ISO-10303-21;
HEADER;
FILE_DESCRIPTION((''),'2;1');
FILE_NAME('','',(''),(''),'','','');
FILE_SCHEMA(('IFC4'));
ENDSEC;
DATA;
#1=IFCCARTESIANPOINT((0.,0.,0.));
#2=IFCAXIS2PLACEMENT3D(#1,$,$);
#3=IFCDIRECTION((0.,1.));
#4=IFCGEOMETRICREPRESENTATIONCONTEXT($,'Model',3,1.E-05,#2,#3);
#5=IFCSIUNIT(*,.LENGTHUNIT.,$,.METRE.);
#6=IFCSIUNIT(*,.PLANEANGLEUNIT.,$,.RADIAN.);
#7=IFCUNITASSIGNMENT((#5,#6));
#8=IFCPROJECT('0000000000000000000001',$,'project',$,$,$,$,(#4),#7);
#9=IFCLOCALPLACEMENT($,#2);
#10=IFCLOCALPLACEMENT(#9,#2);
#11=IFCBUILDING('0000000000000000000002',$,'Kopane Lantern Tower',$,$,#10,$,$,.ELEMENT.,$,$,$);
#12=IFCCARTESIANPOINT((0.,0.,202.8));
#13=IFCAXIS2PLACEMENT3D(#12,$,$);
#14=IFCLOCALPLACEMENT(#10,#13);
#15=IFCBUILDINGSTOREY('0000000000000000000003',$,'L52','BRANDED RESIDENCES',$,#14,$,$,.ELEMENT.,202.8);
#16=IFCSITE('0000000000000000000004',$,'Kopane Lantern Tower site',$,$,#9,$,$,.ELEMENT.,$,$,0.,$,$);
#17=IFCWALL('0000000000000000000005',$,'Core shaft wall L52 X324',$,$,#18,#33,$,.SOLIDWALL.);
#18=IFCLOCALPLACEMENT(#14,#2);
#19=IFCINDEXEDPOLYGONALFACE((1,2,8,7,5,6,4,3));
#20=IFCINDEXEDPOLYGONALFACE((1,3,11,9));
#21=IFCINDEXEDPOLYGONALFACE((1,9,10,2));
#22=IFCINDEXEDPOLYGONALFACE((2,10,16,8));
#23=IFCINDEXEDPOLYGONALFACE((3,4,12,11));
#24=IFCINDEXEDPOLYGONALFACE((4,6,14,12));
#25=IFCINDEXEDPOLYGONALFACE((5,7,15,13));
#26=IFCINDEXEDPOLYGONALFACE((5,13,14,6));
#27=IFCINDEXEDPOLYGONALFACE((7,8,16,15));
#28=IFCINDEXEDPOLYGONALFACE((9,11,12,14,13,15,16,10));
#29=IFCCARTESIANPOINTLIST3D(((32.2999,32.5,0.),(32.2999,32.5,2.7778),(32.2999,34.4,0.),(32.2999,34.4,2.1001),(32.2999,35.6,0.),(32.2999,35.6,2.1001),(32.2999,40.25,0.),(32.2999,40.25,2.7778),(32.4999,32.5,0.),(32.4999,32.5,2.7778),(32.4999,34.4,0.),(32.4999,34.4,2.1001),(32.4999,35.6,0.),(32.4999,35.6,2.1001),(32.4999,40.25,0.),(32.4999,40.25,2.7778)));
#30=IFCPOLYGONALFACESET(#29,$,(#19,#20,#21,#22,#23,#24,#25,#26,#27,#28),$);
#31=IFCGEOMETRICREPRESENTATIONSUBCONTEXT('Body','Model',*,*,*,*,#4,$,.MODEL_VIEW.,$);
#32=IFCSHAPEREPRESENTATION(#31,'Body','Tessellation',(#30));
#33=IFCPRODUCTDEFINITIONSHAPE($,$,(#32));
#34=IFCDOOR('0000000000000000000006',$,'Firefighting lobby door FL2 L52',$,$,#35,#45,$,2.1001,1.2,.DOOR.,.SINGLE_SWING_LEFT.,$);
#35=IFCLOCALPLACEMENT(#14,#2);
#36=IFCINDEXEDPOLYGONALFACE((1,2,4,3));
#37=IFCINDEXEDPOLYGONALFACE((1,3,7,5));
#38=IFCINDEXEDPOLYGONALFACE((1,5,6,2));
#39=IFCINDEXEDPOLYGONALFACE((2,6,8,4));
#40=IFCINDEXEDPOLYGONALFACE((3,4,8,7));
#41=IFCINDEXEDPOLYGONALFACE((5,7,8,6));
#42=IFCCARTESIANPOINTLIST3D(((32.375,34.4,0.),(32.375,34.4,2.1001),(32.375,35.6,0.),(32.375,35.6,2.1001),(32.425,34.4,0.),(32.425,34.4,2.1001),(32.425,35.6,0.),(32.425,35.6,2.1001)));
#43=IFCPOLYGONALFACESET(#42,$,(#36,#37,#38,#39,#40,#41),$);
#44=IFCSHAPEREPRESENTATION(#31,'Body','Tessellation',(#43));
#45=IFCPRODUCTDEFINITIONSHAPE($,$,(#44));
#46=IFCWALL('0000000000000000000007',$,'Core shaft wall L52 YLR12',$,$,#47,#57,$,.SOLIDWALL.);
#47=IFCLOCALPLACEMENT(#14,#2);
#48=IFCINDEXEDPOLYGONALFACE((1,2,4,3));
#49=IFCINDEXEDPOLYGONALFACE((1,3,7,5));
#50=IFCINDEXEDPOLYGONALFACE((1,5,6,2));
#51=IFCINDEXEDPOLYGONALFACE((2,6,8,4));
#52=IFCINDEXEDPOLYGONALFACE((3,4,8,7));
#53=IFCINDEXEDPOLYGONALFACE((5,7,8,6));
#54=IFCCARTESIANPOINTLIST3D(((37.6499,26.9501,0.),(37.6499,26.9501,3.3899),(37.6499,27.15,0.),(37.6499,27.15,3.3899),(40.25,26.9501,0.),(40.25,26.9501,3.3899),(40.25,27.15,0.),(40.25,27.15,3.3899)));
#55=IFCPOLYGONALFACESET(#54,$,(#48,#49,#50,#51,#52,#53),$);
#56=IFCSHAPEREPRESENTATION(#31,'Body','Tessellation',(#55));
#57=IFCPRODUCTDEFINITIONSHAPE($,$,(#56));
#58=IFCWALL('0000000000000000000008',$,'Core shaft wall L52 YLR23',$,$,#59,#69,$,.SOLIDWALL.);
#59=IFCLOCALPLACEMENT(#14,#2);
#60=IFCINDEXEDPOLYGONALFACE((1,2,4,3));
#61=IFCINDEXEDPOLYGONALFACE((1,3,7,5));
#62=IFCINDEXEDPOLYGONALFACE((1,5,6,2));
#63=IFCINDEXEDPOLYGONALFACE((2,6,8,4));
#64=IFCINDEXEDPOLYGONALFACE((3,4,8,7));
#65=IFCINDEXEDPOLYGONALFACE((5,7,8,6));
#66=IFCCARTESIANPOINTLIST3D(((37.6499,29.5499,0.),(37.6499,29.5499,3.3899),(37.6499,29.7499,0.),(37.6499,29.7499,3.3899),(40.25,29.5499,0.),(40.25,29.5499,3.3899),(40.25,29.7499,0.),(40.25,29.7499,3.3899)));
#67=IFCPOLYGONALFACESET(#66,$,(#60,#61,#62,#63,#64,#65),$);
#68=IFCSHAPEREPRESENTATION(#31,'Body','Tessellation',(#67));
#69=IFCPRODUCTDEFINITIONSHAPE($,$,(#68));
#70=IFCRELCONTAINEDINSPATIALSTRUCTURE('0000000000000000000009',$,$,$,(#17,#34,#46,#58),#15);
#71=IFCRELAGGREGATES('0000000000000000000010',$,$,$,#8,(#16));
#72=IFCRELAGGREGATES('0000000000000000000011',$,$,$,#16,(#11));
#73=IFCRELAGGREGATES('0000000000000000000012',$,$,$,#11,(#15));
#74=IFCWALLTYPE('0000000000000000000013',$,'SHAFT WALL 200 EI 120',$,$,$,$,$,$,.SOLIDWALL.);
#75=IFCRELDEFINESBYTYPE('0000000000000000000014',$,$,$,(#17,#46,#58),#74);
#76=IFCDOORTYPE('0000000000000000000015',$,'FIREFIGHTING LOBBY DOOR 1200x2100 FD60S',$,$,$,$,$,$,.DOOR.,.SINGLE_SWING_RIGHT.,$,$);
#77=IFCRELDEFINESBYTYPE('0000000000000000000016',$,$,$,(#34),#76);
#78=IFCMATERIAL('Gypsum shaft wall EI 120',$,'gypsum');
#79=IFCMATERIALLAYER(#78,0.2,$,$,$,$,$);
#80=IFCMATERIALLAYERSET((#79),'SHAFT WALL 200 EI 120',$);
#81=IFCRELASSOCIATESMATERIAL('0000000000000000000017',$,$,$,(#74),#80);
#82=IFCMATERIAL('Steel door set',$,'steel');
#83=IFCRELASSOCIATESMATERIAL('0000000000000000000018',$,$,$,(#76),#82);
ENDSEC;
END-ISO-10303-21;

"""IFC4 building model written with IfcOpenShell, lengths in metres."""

from ifc_helpers import new_model, si_unit, direction, frame, frame_2d, origin, place, context, subcontext, project, spatial, rectangle, extrude, material, layer, layer_set, type_object, element, fill, save


model = new_model("IFC4")

# Units and contexts
model_context = context("Model", 3, precision=1e-05, world=origin(), true_north=direction((0.0, 1.0)))
body_context = subcontext(model_context, "Body", "Model", "MODEL_VIEW")
ifc_project = project(units=[si_unit("LENGTHUNIT", "METRE"), si_unit("PLANEANGLEUNIT", "RADIAN")], contexts=[model_context])

# Site, building, storey
site_placement = place(None, origin())
site = spatial("IfcSite", under=ifc_project, at=site_placement, Name="Kopane Lantern Tower site", CompositionType="ELEMENT", RefElevation=0.0)
building_placement = place(site_placement, origin())
building = spatial("IfcBuilding", under=site, at=building_placement, Name="Kopane Lantern Tower", CompositionType="ELEMENT")
storey_placement = place(building_placement, frame((0.0, 0.0, 202.8)))
storey = spatial("IfcBuildingStorey", under=building, at=storey_placement, Name="L52", Description="BRANDED RESIDENCES", CompositionType="ELEMENT", Elevation=202.8)

# Shared definitions
ifc_material_1 = material(Name="Gypsum shaft wall EI 120", Category="gypsum")
ifc_layer_1 = layer(ifc_material_1, 0.2)
ifc_layer_set_1 = layer_set([ifc_layer_1], Name="SHAFT WALL 200 EI 120")
wall_type_1 = type_object("IfcWallType", Name="SHAFT WALL 200 EI 120", PredefinedType="SOLIDWALL", material=ifc_layer_set_1)
ifc_material_2 = material(Name="Steel door set", Category="steel")
door_type_1 = type_object("IfcDoorType", Name="FIREFIGHTING LOBBY DOOR 1200x2100 FD60S", OperationType="SINGLE_SWING_RIGHT", PredefinedType="DOOR", material=ifc_material_2)

# Wall, opening, door
wall_1_placement = place(storey_placement, frame((32.3999, 32.5, 0.0), z_axis=(0.0, 0.0, 1.0), x_axis=(0.0, 1.0, 0.0)))
wall_1 = element("IfcWall", 1, at=wall_1_placement, inside=storey, type_object=wall_type_1, Name="Core shaft wall L52 X324", PredefinedType="SOLIDWALL", context=body_context, shape_type="SweptSolid", body=[
    extrude(rectangle(XDim=7.75, YDim=0.2, at=frame_2d((3.875, 0.0))), origin(), (0.0, 0.0, 1.0), 2.7778),
])
opening_1_placement = place(wall_1_placement, frame((1.8999, 0.0, 0.0)))
opening_1 = element("IfcOpeningElement", 2, at=opening_1_placement, cuts=wall_1, PredefinedType="OPENING", context=body_context, shape_type="SweptSolid", body=[
    extrude(rectangle(XDim=1.2, YDim=2.1001, at=frame_2d((0.6001, 1.05))), frame((0.0, 0.1099, 0.0), z_axis=(0.0, -1.0, 0.0), x_axis=(1.0, 0.0, 0.0)), (0.0, 0.0, 1.0), 0.22),
])
door_1_placement = place(opening_1_placement, origin())
door_1 = element("IfcDoor", 3, at=door_1_placement, inside=storey, type_object=door_type_1, Name="Firefighting lobby door FL2 L52", OperationType="SINGLE_SWING_LEFT", OverallHeight=2.1001, OverallWidth=1.2, PredefinedType="DOOR", context=body_context, shape_type="SweptSolid", body=[
    extrude(rectangle(XDim=1.2, YDim=2.1001, at=frame_2d((0.6001, 1.05))), frame((0.0, 0.0249, 0.0), z_axis=(0.0, -1.0, 0.0), x_axis=(1.0, 0.0, 0.0)), (0.0, 0.0, 1.0), 0.05),
])
fill(opening_1, door_1)

# Walls
for number, where, z_axis, x_axis, name in (
    (4, (37.6499, 27.05, 0.0), (0.0, 0.0, 1.0), (1.0, 0.0, 0.0), "Core shaft wall L52 YLR12"),
    (5, (37.6499, 29.6499, 0.0), (0.0, 0.0, 1.0), (1.0, 0.0, 0.0), "Core shaft wall L52 YLR23"),
):
    element("IfcWall", number, at=place(storey_placement, frame(where, z_axis=z_axis, x_axis=x_axis)), inside=storey, type_object=wall_type_1, Name=name, PredefinedType="SOLIDWALL", context=body_context, shape_type="SweptSolid", body=[
        extrude(rectangle(XDim=2.6001, YDim=0.2, at=frame_2d((1.3, 0.0))), origin(), (0.0, 0.0, 1.0), 3.3899),
    ])

save(model, "model.ifc")
